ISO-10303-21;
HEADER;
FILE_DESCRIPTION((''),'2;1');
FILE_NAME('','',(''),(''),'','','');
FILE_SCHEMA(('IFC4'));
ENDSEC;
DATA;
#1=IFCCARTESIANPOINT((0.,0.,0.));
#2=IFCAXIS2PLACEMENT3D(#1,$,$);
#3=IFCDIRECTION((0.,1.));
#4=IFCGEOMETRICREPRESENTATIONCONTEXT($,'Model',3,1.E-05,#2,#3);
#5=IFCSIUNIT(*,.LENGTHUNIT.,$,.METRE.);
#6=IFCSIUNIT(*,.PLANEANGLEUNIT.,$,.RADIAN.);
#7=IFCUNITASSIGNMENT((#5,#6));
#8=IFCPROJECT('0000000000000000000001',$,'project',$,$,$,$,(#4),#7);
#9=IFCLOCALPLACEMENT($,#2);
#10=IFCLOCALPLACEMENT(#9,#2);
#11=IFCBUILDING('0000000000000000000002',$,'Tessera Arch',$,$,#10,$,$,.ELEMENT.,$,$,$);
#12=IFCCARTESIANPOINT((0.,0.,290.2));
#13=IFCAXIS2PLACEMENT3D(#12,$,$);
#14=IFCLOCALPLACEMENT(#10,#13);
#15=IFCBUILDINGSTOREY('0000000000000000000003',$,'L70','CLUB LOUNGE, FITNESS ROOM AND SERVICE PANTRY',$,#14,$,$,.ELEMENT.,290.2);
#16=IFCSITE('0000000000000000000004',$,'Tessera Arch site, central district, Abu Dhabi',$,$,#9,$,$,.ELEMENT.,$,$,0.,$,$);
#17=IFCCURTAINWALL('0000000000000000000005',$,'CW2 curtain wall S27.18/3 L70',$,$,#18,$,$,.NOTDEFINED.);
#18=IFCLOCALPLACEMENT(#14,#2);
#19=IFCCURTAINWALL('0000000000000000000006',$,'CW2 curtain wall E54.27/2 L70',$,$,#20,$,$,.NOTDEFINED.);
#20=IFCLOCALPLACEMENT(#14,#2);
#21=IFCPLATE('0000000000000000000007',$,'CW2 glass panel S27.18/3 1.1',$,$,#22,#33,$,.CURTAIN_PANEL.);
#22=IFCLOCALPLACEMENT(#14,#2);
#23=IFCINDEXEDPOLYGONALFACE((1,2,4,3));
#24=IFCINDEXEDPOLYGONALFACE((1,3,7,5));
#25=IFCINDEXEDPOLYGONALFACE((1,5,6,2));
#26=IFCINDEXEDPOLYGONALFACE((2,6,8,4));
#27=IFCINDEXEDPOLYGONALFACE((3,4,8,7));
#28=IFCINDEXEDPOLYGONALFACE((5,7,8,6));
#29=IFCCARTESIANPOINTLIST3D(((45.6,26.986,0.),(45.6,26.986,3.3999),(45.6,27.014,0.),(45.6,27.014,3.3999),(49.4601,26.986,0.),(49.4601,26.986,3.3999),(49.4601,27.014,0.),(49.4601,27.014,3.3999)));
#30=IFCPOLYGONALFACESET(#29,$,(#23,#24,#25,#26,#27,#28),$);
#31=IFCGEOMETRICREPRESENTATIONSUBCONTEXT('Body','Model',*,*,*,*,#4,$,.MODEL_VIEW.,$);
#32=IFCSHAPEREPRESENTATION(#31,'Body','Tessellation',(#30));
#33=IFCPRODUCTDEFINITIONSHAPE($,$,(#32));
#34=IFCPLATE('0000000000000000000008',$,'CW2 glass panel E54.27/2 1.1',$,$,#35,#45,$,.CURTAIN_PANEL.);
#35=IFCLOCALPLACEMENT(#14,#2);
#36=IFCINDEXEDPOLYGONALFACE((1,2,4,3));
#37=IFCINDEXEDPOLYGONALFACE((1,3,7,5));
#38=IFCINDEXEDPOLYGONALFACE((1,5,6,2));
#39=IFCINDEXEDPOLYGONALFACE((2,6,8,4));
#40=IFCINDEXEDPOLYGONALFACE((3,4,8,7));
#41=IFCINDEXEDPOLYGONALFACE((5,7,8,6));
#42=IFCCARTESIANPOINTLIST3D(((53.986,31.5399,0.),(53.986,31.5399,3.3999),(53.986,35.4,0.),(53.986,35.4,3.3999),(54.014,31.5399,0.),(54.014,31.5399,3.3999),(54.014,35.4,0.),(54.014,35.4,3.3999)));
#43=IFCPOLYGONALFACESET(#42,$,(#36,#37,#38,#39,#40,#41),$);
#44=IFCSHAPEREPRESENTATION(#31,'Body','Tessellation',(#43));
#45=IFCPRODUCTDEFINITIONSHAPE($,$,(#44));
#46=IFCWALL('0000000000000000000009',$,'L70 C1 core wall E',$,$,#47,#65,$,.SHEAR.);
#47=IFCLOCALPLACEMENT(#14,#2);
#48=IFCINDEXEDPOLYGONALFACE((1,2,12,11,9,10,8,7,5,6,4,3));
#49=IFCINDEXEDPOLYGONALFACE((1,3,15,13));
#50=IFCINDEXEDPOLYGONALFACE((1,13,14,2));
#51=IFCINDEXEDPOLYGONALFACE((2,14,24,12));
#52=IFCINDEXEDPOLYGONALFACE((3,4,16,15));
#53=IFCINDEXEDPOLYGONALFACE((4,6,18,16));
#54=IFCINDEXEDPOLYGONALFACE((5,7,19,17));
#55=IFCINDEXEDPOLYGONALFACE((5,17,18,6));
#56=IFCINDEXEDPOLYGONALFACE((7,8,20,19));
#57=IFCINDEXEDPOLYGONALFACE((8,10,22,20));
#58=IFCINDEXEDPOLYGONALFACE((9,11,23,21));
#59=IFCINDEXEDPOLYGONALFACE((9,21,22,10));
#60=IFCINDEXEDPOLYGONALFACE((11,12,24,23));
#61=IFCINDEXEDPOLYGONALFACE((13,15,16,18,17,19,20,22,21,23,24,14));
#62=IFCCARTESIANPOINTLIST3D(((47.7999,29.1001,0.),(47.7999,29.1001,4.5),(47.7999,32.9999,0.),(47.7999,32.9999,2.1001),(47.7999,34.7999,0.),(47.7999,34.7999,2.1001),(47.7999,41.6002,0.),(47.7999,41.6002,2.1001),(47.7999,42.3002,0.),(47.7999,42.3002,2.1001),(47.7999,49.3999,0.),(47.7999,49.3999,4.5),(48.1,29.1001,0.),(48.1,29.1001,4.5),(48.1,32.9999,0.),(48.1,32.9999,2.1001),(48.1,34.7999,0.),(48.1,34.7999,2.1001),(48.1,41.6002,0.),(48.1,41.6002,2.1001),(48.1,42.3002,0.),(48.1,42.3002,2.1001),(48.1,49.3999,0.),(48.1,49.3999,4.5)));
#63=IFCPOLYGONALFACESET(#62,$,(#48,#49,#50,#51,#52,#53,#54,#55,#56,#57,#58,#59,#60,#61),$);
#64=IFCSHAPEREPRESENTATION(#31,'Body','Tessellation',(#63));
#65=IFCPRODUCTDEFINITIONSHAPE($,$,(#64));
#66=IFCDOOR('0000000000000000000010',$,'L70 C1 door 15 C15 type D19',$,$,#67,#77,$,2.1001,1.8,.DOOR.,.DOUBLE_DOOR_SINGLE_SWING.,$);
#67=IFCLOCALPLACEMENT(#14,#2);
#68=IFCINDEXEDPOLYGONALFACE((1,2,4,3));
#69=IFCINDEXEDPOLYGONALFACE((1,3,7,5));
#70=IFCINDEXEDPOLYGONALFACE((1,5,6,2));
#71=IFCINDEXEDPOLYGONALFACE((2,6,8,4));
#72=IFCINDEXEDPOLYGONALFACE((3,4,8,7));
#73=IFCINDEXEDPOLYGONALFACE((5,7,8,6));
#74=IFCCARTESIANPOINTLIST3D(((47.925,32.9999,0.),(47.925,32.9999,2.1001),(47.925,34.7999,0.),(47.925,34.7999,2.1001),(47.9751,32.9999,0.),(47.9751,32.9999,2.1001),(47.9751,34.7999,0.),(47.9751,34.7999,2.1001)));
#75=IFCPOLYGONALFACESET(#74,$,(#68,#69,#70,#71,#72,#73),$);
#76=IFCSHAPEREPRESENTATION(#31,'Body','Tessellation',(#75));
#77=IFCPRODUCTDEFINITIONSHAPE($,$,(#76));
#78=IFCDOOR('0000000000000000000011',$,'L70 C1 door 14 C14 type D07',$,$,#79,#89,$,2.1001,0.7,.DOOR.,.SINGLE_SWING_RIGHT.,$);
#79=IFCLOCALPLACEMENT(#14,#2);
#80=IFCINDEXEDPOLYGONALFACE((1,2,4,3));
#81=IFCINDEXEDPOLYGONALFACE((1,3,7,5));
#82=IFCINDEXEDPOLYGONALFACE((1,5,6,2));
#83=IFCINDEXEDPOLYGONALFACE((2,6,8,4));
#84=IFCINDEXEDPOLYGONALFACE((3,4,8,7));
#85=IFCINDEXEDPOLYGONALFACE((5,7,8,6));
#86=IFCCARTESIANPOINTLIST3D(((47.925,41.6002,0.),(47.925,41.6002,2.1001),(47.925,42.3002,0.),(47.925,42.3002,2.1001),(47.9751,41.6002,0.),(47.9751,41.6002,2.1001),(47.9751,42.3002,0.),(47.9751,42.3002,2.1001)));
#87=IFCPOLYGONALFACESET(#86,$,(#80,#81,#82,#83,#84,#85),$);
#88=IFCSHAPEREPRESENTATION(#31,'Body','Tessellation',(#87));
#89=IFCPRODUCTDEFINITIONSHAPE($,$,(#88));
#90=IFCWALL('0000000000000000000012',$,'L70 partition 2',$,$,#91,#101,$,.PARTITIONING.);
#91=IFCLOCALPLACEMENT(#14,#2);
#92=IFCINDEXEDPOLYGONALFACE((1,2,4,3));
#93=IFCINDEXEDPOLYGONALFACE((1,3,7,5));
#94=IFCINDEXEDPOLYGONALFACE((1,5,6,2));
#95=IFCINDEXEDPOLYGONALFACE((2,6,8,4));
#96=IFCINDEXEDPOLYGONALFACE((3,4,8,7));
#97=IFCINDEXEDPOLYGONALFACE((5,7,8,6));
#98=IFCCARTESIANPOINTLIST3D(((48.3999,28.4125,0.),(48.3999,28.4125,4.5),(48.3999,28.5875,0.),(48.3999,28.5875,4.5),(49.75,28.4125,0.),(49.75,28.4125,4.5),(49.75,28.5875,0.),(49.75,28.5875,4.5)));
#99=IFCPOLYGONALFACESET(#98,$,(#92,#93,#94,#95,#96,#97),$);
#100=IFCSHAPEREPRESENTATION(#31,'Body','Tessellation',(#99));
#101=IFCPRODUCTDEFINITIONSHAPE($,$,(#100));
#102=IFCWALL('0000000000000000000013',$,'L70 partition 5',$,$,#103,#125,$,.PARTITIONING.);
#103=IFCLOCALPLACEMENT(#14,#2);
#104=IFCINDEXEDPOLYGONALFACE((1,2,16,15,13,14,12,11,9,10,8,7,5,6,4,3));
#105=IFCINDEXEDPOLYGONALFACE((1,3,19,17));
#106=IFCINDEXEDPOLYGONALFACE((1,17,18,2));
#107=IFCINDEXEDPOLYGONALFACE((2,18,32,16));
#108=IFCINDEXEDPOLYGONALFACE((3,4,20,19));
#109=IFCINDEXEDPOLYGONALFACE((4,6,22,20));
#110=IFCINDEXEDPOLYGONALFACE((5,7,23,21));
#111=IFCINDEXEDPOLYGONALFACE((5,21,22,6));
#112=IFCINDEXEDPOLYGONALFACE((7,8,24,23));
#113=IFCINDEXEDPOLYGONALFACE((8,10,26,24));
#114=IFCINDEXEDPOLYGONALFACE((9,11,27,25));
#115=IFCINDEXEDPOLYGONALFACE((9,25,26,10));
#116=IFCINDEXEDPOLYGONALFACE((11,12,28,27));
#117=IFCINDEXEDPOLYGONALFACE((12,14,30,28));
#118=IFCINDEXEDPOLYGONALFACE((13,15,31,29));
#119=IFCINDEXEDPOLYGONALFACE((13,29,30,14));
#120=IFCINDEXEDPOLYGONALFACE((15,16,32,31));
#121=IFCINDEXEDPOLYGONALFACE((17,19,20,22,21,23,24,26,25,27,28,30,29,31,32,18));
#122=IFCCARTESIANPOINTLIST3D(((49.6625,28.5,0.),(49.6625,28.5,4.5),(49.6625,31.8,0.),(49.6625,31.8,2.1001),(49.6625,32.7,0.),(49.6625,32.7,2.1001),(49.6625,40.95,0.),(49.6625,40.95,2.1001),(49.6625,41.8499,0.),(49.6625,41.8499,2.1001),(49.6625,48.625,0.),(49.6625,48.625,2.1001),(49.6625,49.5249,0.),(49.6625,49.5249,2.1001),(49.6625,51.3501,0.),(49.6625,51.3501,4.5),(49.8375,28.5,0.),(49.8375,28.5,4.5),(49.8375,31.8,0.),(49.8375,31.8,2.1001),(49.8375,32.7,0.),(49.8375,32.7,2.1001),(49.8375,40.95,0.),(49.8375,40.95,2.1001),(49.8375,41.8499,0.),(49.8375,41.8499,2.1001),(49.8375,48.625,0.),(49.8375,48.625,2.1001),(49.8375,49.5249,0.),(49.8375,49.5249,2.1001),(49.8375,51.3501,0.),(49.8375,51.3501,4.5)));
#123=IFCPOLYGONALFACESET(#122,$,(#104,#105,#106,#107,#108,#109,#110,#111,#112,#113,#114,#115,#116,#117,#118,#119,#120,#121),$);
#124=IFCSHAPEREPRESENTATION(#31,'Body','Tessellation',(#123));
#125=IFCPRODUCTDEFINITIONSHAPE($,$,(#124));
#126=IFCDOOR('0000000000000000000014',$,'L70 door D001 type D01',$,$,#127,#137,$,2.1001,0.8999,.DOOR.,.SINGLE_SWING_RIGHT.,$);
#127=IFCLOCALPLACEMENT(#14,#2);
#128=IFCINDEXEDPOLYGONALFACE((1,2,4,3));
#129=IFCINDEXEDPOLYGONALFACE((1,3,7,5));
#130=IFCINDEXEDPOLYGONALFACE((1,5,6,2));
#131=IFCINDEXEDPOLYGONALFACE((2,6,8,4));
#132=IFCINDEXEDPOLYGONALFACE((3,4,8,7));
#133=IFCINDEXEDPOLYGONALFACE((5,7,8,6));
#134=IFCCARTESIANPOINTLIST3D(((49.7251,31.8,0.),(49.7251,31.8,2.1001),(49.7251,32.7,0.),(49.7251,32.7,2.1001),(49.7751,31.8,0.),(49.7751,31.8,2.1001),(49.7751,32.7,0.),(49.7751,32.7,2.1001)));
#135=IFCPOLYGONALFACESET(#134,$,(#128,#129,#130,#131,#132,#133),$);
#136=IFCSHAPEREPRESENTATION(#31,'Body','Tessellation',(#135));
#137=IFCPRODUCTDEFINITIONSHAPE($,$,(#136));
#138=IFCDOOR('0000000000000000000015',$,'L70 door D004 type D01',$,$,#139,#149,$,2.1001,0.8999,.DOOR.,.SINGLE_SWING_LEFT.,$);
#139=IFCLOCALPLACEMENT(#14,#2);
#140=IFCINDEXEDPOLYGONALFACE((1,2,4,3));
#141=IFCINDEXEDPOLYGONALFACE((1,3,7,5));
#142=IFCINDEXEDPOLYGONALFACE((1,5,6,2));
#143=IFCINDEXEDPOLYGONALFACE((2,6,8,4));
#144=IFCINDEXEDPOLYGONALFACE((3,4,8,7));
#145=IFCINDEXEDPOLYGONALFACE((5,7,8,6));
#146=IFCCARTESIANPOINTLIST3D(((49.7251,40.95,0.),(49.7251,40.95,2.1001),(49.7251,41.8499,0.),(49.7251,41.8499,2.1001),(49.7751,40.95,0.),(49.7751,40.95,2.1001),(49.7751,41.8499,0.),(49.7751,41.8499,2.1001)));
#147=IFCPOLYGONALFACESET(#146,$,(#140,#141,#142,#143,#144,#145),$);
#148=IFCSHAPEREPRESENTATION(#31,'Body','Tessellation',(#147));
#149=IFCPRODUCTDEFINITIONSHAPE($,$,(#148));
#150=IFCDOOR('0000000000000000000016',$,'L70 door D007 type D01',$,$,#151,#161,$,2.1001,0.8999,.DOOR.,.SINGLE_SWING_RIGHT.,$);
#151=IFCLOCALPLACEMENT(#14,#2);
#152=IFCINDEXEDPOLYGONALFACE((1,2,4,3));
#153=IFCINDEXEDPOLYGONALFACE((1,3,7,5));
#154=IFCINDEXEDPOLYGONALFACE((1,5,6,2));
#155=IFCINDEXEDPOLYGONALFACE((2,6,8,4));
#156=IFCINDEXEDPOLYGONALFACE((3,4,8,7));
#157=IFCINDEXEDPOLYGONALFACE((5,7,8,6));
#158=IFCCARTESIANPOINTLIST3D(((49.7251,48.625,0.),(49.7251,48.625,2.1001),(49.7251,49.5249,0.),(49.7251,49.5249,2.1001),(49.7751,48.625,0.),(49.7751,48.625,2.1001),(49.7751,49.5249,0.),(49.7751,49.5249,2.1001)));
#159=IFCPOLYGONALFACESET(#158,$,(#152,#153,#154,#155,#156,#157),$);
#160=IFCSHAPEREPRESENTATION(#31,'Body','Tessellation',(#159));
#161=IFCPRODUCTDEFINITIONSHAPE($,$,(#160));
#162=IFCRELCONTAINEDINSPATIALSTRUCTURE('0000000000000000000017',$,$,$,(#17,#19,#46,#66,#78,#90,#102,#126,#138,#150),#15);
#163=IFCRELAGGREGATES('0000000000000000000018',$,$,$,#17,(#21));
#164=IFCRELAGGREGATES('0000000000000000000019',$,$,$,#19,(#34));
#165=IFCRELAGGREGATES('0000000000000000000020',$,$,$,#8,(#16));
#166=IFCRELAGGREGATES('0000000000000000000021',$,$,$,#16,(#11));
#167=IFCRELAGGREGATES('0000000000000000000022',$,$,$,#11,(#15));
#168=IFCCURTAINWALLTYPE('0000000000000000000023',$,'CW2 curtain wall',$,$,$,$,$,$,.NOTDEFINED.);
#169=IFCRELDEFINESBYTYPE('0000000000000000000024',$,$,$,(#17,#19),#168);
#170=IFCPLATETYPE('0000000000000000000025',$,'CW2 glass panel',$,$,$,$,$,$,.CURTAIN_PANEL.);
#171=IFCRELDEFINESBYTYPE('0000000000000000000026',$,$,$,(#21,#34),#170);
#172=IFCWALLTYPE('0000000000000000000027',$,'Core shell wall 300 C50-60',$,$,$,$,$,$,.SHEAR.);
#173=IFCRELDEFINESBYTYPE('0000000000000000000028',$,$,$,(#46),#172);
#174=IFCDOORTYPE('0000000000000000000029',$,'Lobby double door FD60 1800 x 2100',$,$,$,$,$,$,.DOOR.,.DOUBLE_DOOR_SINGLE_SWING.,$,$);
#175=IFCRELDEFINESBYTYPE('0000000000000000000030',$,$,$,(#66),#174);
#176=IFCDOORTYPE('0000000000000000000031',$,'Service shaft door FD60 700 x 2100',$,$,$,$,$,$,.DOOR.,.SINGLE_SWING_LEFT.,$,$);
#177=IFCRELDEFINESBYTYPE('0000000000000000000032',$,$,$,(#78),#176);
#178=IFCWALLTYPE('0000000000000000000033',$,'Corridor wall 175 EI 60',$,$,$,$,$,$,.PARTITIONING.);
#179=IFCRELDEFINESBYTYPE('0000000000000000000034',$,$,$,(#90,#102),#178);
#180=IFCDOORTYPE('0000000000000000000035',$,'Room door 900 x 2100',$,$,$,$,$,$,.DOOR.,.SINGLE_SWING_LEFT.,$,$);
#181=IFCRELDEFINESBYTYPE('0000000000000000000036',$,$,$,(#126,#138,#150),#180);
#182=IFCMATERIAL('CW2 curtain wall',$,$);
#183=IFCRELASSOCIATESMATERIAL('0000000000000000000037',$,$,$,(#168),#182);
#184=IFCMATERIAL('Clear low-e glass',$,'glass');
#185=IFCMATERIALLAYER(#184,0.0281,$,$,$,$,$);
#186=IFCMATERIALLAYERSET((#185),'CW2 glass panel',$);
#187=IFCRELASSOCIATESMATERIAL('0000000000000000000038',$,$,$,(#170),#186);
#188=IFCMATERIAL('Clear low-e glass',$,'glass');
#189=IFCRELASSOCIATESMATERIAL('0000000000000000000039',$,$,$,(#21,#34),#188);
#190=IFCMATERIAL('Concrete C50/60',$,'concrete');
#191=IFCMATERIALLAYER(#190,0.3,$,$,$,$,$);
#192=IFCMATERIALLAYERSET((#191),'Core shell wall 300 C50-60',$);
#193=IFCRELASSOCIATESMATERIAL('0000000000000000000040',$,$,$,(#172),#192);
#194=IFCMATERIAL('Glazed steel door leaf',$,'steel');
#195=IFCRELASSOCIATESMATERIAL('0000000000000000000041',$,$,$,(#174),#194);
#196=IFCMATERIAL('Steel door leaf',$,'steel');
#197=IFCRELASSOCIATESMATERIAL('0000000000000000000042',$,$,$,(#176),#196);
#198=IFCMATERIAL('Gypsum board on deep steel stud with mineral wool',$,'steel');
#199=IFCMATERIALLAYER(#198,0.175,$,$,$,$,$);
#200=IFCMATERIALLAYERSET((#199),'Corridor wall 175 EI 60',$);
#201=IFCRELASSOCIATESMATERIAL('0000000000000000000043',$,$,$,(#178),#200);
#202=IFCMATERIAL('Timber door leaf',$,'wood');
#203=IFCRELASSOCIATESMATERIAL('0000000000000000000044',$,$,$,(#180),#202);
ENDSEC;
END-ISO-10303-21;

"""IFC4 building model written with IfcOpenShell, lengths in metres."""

from ifc_helpers import new_model, si_unit, direction, frame, frame_2d, origin, origin_2d, place, context, subcontext, project, spatial, rectangle, extrude, material, layer, layer_set, type_object, element, fill, aggregate, save


model = new_model("IFC4")

# Units and contexts
model_context = context("Model", 3, precision=1e-05, world=origin(), true_north=direction((0.0, 1.0)))
body_context = subcontext(model_context, "Body", "Model", "MODEL_VIEW")
ifc_project = project(units=[si_unit("LENGTHUNIT", "METRE"), si_unit("PLANEANGLEUNIT", "RADIAN")], contexts=[model_context])

# Site, building, storey
site_placement = place(None, origin())
site = spatial("IfcSite", under=ifc_project, at=site_placement, Name="Tessera Arch site, central district, Abu Dhabi", CompositionType="ELEMENT", RefElevation=0.0)
building_placement = place(site_placement, origin())
building = spatial("IfcBuilding", under=site, at=building_placement, Name="Tessera Arch", CompositionType="ELEMENT")
storey_placement = place(building_placement, frame((0.0, 0.0, 290.2)))
storey = spatial("IfcBuildingStorey", under=building, at=storey_placement, Name="L70", Description="CLUB LOUNGE, FITNESS ROOM AND SERVICE PANTRY", CompositionType="ELEMENT", Elevation=290.2)

# Curtain walls
ifc_material_1 = material(Name="CW2 curtain wall")
curtain_wall_type_1 = type_object("IfcCurtainWallType", Name="CW2 curtain wall", PredefinedType="NOTDEFINED", material=ifc_material_1)
curtain_wall_1_placement = place(storey_placement, origin())
curtain_wall_1 = element("IfcCurtainWall", 1, at=curtain_wall_1_placement, inside=storey, type_object=curtain_wall_type_1, Name="CW2 curtain wall S27.18/3 L70", PredefinedType="NOTDEFINED")
curtain_wall_2_placement = place(storey_placement, origin())
curtain_wall_2 = element("IfcCurtainWall", 2, at=curtain_wall_2_placement, inside=storey, type_object=curtain_wall_type_1, Name="CW2 curtain wall E54.27/2 L70", PredefinedType="NOTDEFINED")

# Plates
ifc_material_2 = material(Name="Clear low-e glass", Category="glass")
ifc_material_3 = material(Name="Clear low-e glass", Category="glass")
ifc_layer_1 = layer(ifc_material_3, 0.0281)
ifc_layer_set_1 = layer_set([ifc_layer_1], Name="CW2 glass panel")
plate_type_1 = type_object("IfcPlateType", Name="CW2 glass panel", PredefinedType="CURTAIN_PANEL", material=ifc_layer_set_1)
plate_1_placement = place(storey_placement, frame((47.53, 27.0, 0.0), z_axis=(0.0, 0.0, 1.0), x_axis=(1.0, 0.0, 0.0)))
plate_1 = element("IfcPlate", 3, at=plate_1_placement, type_object=plate_type_1, material=ifc_material_2, Name="CW2 glass panel S27.18/3 1.1", PredefinedType="CURTAIN_PANEL", context=body_context, shape_type="SweptSolid", body=[
    extrude(rectangle(XDim=3.8601, YDim=0.0281, at=origin_2d()), origin(), (0.0, 0.0, 1.0), 3.3999),
])
aggregate(curtain_wall_1, [plate_1])
plate_2_placement = place(storey_placement, frame((54.0, 33.47, 0.0), z_axis=(0.0, 0.0, 1.0), x_axis=(0.0, 1.0, 0.0)))
plate_2 = element("IfcPlate", 4, at=plate_2_placement, type_object=plate_type_1, material=ifc_material_2, Name="CW2 glass panel E54.27/2 1.1", PredefinedType="CURTAIN_PANEL", context=body_context, shape_type="SweptSolid", body=[
    extrude(rectangle(XDim=3.8601, YDim=0.0281, at=origin_2d()), origin(), (0.0, 0.0, 1.0), 3.3999),
])
aggregate(curtain_wall_2, [plate_2])

# Wall, openings, doors
ifc_material_4 = material(Name="Concrete C50/60", Category="concrete")
ifc_layer_2 = layer(ifc_material_4, 0.3)
ifc_layer_set_2 = layer_set([ifc_layer_2], Name="Core shell wall 300 C50-60")
wall_type_1 = type_object("IfcWallType", Name="Core shell wall 300 C50-60", PredefinedType="SHEAR", material=ifc_layer_set_2)
wall_1_placement = place(storey_placement, frame((47.95, 29.1001, 0.0), z_axis=(0.0, 0.0, 1.0), x_axis=(0.0, 1.0, 0.0)))
wall_1 = element("IfcWall", 5, at=wall_1_placement, inside=storey, type_object=wall_type_1, Name="L70 C1 core wall E", PredefinedType="SHEAR", context=body_context, shape_type="SweptSolid", body=[
    extrude(rectangle(XDim=20.2998, YDim=0.3, at=frame_2d((10.1499, 0.0))), origin(), (0.0, 0.0, 1.0), 4.5),
])
opening_1_placement = place(wall_1_placement, frame((12.5, 0.0, 0.0)))
opening_1 = element("IfcOpeningElement", 6, at=opening_1_placement, cuts=wall_1, PredefinedType="OPENING", context=body_context, shape_type="SweptSolid", body=[
    extrude(rectangle(XDim=0.7, YDim=2.1001, at=frame_2d((0.3501, 1.05))), frame((0.0, 0.1599, 0.0), z_axis=(0.0, -1.0, 0.0), x_axis=(1.0, 0.0, 0.0)), (0.0, 0.0, 1.0), 0.3201),
])
opening_2_placement = place(wall_1_placement, frame((3.8999, 0.0, 0.0)))
opening_2 = element("IfcOpeningElement", 7, at=opening_2_placement, cuts=wall_1, PredefinedType="OPENING", context=body_context, shape_type="SweptSolid", body=[
    extrude(rectangle(XDim=1.8, YDim=2.1001, at=frame_2d((0.8999, 1.05))), frame((0.0, 0.1599, 0.0), z_axis=(0.0, -1.0, 0.0), x_axis=(1.0, 0.0, 0.0)), (0.0, 0.0, 1.0), 0.3201),
])
ifc_material_5 = material(Name="Glazed steel door leaf", Category="steel")
door_type_1 = type_object("IfcDoorType", Name="Lobby double door FD60 1800 x 2100", OperationType="DOUBLE_DOOR_SINGLE_SWING", PredefinedType="DOOR", material=ifc_material_5)
door_1_placement = place(opening_2_placement, origin())
door_1 = element("IfcDoor", 8, at=door_1_placement, inside=storey, type_object=door_type_1, Name="L70 C1 door 15 C15 type D19", OperationType="DOUBLE_DOOR_SINGLE_SWING", OverallHeight=2.1001, OverallWidth=1.8, PredefinedType="DOOR", context=body_context, shape_type="SweptSolid", body=[
    extrude(rectangle(XDim=1.8, YDim=2.1001, at=frame_2d((0.8999, 1.05))), frame((0.0, 0.0249, 0.0), z_axis=(0.0, -1.0, 0.0), x_axis=(1.0, 0.0, 0.0)), (0.0, 0.0, 1.0), 0.05),
])
fill(opening_2, door_1)
ifc_material_6 = material(Name="Steel door leaf", Category="steel")
door_type_2 = type_object("IfcDoorType", Name="Service shaft door FD60 700 x 2100", OperationType="SINGLE_SWING_LEFT", PredefinedType="DOOR", material=ifc_material_6)
door_2_placement = place(opening_1_placement, origin())
door_2 = element("IfcDoor", 9, at=door_2_placement, inside=storey, type_object=door_type_2, Name="L70 C1 door 14 C14 type D07", OperationType="SINGLE_SWING_RIGHT", OverallHeight=2.1001, OverallWidth=0.7, PredefinedType="DOOR", context=body_context, shape_type="SweptSolid", body=[
    extrude(rectangle(XDim=0.7, YDim=2.1001, at=frame_2d((0.3501, 1.05))), frame((0.0, 0.0249, 0.0), z_axis=(0.0, -1.0, 0.0), x_axis=(1.0, 0.0, 0.0)), (0.0, 0.0, 1.0), 0.05),
])
fill(opening_1, door_2)

# Wall
ifc_material_7 = material(Name="Gypsum board on deep steel stud with mineral wool", Category="steel")
ifc_layer_3 = layer(ifc_material_7, 0.175)
ifc_layer_set_3 = layer_set([ifc_layer_3], Name="Corridor wall 175 EI 60")
wall_type_2 = type_object("IfcWallType", Name="Corridor wall 175 EI 60", PredefinedType="PARTITIONING", material=ifc_layer_set_3)
wall_2_placement = place(storey_placement, frame((48.3999, 28.5, 0.0), z_axis=(0.0, 0.0, 1.0), x_axis=(1.0, 0.0, 0.0)))
element("IfcWall", 10, at=wall_2_placement, inside=storey, type_object=wall_type_2, Name="L70 partition 2", PredefinedType="PARTITIONING", context=body_context, shape_type="SweptSolid", body=[
    extrude(rectangle(XDim=1.3501, YDim=0.175, at=frame_2d((0.675, 0.0))), origin(), (0.0, 0.0, 1.0), 4.5),
])

# Wall, openings, doors
wall_3_placement = place(storey_placement, frame((49.75, 28.5, 0.0), z_axis=(0.0, 0.0, 1.0), x_axis=(0.0, 1.0, 0.0)))
wall_3 = element("IfcWall", 11, at=wall_3_placement, inside=storey, type_object=wall_type_2, Name="L70 partition 5", PredefinedType="PARTITIONING", context=body_context, shape_type="SweptSolid", body=[
    extrude(rectangle(XDim=22.8501, YDim=0.175, at=frame_2d((11.425, 0.0))), origin(), (0.0, 0.0, 1.0), 4.5),
])
opening_3_placement = place(wall_3_placement, frame((3.3, 0.0, 0.0)))
opening_3 = element("IfcOpeningElement", 12, at=opening_3_placement, cuts=wall_3, PredefinedType="OPENING", context=body_context, shape_type="SweptSolid", body=[
    extrude(rectangle(XDim=0.8999, YDim=2.1001, at=frame_2d((0.45, 1.05))), frame((0.0, 0.0974, 0.0), z_axis=(0.0, -1.0, 0.0), x_axis=(1.0, 0.0, 0.0)), (0.0, 0.0, 1.0), 0.1951),
])
opening_4_placement = place(wall_3_placement, frame((12.45, 0.0, 0.0)))
opening_4 = element("IfcOpeningElement", 13, at=opening_4_placement, cuts=wall_3, PredefinedType="OPENING", context=body_context, shape_type="SweptSolid", body=[
    extrude(rectangle(XDim=0.8999, YDim=2.1001, at=frame_2d((0.45, 1.05))), frame((0.0, 0.0974, 0.0), z_axis=(0.0, -1.0, 0.0), x_axis=(1.0, 0.0, 0.0)), (0.0, 0.0, 1.0), 0.1951),
])
opening_5_placement = place(wall_3_placement, frame((20.125, 0.0, 0.0)))
opening_5 = element("IfcOpeningElement", 14, at=opening_5_placement, cuts=wall_3, PredefinedType="OPENING", context=body_context, shape_type="SweptSolid", body=[
    extrude(rectangle(XDim=0.8999, YDim=2.1001, at=frame_2d((0.45, 1.05))), frame((0.0, 0.0974, 0.0), z_axis=(0.0, -1.0, 0.0), x_axis=(1.0, 0.0, 0.0)), (0.0, 0.0, 1.0), 0.1951),
])
ifc_material_8 = material(Name="Timber door leaf", Category="wood")
door_type_3 = type_object("IfcDoorType", Name="Room door 900 x 2100", OperationType="SINGLE_SWING_LEFT", PredefinedType="DOOR", material=ifc_material_8)
door_3_placement = place(opening_3_placement, origin())
door_3 = element("IfcDoor", 15, at=door_3_placement, inside=storey, type_object=door_type_3, Name="L70 door D001 type D01", OperationType="SINGLE_SWING_RIGHT", OverallHeight=2.1001, OverallWidth=0.8999, PredefinedType="DOOR", context=body_context, shape_type="SweptSolid", body=[
    extrude(rectangle(XDim=0.8999, YDim=2.1001, at=frame_2d((0.45, 1.05))), frame((0.0, 0.0249, 0.0), z_axis=(0.0, -1.0, 0.0), x_axis=(1.0, 0.0, 0.0)), (0.0, 0.0, 1.0), 0.05),
])
fill(opening_3, door_3)
door_4_placement = place(opening_4_placement, origin())
door_4 = element("IfcDoor", 16, at=door_4_placement, inside=storey, type_object=door_type_3, Name="L70 door D004 type D01", OperationType="SINGLE_SWING_LEFT", OverallHeight=2.1001, OverallWidth=0.8999, PredefinedType="DOOR", context=body_context, shape_type="SweptSolid", body=[
    extrude(rectangle(XDim=0.8999, YDim=2.1001, at=frame_2d((0.45, 1.05))), frame((0.0, 0.0249, 0.0), z_axis=(0.0, -1.0, 0.0), x_axis=(1.0, 0.0, 0.0)), (0.0, 0.0, 1.0), 0.05),
])
fill(opening_4, door_4)
door_5_placement = place(opening_5_placement, origin())
door_5 = element("IfcDoor", 17, at=door_5_placement, inside=storey, type_object=door_type_3, Name="L70 door D007 type D01", OperationType="SINGLE_SWING_RIGHT", OverallHeight=2.1001, OverallWidth=0.8999, PredefinedType="DOOR", context=body_context, shape_type="SweptSolid", body=[
    extrude(rectangle(XDim=0.8999, YDim=2.1001, at=frame_2d((0.45, 1.05))), frame((0.0, 0.0249, 0.0), z_axis=(0.0, -1.0, 0.0), x_axis=(1.0, 0.0, 0.0)), (0.0, 0.0, 1.0), 0.05),
])
fill(opening_5, door_5)

save(model, "model.ifc")
